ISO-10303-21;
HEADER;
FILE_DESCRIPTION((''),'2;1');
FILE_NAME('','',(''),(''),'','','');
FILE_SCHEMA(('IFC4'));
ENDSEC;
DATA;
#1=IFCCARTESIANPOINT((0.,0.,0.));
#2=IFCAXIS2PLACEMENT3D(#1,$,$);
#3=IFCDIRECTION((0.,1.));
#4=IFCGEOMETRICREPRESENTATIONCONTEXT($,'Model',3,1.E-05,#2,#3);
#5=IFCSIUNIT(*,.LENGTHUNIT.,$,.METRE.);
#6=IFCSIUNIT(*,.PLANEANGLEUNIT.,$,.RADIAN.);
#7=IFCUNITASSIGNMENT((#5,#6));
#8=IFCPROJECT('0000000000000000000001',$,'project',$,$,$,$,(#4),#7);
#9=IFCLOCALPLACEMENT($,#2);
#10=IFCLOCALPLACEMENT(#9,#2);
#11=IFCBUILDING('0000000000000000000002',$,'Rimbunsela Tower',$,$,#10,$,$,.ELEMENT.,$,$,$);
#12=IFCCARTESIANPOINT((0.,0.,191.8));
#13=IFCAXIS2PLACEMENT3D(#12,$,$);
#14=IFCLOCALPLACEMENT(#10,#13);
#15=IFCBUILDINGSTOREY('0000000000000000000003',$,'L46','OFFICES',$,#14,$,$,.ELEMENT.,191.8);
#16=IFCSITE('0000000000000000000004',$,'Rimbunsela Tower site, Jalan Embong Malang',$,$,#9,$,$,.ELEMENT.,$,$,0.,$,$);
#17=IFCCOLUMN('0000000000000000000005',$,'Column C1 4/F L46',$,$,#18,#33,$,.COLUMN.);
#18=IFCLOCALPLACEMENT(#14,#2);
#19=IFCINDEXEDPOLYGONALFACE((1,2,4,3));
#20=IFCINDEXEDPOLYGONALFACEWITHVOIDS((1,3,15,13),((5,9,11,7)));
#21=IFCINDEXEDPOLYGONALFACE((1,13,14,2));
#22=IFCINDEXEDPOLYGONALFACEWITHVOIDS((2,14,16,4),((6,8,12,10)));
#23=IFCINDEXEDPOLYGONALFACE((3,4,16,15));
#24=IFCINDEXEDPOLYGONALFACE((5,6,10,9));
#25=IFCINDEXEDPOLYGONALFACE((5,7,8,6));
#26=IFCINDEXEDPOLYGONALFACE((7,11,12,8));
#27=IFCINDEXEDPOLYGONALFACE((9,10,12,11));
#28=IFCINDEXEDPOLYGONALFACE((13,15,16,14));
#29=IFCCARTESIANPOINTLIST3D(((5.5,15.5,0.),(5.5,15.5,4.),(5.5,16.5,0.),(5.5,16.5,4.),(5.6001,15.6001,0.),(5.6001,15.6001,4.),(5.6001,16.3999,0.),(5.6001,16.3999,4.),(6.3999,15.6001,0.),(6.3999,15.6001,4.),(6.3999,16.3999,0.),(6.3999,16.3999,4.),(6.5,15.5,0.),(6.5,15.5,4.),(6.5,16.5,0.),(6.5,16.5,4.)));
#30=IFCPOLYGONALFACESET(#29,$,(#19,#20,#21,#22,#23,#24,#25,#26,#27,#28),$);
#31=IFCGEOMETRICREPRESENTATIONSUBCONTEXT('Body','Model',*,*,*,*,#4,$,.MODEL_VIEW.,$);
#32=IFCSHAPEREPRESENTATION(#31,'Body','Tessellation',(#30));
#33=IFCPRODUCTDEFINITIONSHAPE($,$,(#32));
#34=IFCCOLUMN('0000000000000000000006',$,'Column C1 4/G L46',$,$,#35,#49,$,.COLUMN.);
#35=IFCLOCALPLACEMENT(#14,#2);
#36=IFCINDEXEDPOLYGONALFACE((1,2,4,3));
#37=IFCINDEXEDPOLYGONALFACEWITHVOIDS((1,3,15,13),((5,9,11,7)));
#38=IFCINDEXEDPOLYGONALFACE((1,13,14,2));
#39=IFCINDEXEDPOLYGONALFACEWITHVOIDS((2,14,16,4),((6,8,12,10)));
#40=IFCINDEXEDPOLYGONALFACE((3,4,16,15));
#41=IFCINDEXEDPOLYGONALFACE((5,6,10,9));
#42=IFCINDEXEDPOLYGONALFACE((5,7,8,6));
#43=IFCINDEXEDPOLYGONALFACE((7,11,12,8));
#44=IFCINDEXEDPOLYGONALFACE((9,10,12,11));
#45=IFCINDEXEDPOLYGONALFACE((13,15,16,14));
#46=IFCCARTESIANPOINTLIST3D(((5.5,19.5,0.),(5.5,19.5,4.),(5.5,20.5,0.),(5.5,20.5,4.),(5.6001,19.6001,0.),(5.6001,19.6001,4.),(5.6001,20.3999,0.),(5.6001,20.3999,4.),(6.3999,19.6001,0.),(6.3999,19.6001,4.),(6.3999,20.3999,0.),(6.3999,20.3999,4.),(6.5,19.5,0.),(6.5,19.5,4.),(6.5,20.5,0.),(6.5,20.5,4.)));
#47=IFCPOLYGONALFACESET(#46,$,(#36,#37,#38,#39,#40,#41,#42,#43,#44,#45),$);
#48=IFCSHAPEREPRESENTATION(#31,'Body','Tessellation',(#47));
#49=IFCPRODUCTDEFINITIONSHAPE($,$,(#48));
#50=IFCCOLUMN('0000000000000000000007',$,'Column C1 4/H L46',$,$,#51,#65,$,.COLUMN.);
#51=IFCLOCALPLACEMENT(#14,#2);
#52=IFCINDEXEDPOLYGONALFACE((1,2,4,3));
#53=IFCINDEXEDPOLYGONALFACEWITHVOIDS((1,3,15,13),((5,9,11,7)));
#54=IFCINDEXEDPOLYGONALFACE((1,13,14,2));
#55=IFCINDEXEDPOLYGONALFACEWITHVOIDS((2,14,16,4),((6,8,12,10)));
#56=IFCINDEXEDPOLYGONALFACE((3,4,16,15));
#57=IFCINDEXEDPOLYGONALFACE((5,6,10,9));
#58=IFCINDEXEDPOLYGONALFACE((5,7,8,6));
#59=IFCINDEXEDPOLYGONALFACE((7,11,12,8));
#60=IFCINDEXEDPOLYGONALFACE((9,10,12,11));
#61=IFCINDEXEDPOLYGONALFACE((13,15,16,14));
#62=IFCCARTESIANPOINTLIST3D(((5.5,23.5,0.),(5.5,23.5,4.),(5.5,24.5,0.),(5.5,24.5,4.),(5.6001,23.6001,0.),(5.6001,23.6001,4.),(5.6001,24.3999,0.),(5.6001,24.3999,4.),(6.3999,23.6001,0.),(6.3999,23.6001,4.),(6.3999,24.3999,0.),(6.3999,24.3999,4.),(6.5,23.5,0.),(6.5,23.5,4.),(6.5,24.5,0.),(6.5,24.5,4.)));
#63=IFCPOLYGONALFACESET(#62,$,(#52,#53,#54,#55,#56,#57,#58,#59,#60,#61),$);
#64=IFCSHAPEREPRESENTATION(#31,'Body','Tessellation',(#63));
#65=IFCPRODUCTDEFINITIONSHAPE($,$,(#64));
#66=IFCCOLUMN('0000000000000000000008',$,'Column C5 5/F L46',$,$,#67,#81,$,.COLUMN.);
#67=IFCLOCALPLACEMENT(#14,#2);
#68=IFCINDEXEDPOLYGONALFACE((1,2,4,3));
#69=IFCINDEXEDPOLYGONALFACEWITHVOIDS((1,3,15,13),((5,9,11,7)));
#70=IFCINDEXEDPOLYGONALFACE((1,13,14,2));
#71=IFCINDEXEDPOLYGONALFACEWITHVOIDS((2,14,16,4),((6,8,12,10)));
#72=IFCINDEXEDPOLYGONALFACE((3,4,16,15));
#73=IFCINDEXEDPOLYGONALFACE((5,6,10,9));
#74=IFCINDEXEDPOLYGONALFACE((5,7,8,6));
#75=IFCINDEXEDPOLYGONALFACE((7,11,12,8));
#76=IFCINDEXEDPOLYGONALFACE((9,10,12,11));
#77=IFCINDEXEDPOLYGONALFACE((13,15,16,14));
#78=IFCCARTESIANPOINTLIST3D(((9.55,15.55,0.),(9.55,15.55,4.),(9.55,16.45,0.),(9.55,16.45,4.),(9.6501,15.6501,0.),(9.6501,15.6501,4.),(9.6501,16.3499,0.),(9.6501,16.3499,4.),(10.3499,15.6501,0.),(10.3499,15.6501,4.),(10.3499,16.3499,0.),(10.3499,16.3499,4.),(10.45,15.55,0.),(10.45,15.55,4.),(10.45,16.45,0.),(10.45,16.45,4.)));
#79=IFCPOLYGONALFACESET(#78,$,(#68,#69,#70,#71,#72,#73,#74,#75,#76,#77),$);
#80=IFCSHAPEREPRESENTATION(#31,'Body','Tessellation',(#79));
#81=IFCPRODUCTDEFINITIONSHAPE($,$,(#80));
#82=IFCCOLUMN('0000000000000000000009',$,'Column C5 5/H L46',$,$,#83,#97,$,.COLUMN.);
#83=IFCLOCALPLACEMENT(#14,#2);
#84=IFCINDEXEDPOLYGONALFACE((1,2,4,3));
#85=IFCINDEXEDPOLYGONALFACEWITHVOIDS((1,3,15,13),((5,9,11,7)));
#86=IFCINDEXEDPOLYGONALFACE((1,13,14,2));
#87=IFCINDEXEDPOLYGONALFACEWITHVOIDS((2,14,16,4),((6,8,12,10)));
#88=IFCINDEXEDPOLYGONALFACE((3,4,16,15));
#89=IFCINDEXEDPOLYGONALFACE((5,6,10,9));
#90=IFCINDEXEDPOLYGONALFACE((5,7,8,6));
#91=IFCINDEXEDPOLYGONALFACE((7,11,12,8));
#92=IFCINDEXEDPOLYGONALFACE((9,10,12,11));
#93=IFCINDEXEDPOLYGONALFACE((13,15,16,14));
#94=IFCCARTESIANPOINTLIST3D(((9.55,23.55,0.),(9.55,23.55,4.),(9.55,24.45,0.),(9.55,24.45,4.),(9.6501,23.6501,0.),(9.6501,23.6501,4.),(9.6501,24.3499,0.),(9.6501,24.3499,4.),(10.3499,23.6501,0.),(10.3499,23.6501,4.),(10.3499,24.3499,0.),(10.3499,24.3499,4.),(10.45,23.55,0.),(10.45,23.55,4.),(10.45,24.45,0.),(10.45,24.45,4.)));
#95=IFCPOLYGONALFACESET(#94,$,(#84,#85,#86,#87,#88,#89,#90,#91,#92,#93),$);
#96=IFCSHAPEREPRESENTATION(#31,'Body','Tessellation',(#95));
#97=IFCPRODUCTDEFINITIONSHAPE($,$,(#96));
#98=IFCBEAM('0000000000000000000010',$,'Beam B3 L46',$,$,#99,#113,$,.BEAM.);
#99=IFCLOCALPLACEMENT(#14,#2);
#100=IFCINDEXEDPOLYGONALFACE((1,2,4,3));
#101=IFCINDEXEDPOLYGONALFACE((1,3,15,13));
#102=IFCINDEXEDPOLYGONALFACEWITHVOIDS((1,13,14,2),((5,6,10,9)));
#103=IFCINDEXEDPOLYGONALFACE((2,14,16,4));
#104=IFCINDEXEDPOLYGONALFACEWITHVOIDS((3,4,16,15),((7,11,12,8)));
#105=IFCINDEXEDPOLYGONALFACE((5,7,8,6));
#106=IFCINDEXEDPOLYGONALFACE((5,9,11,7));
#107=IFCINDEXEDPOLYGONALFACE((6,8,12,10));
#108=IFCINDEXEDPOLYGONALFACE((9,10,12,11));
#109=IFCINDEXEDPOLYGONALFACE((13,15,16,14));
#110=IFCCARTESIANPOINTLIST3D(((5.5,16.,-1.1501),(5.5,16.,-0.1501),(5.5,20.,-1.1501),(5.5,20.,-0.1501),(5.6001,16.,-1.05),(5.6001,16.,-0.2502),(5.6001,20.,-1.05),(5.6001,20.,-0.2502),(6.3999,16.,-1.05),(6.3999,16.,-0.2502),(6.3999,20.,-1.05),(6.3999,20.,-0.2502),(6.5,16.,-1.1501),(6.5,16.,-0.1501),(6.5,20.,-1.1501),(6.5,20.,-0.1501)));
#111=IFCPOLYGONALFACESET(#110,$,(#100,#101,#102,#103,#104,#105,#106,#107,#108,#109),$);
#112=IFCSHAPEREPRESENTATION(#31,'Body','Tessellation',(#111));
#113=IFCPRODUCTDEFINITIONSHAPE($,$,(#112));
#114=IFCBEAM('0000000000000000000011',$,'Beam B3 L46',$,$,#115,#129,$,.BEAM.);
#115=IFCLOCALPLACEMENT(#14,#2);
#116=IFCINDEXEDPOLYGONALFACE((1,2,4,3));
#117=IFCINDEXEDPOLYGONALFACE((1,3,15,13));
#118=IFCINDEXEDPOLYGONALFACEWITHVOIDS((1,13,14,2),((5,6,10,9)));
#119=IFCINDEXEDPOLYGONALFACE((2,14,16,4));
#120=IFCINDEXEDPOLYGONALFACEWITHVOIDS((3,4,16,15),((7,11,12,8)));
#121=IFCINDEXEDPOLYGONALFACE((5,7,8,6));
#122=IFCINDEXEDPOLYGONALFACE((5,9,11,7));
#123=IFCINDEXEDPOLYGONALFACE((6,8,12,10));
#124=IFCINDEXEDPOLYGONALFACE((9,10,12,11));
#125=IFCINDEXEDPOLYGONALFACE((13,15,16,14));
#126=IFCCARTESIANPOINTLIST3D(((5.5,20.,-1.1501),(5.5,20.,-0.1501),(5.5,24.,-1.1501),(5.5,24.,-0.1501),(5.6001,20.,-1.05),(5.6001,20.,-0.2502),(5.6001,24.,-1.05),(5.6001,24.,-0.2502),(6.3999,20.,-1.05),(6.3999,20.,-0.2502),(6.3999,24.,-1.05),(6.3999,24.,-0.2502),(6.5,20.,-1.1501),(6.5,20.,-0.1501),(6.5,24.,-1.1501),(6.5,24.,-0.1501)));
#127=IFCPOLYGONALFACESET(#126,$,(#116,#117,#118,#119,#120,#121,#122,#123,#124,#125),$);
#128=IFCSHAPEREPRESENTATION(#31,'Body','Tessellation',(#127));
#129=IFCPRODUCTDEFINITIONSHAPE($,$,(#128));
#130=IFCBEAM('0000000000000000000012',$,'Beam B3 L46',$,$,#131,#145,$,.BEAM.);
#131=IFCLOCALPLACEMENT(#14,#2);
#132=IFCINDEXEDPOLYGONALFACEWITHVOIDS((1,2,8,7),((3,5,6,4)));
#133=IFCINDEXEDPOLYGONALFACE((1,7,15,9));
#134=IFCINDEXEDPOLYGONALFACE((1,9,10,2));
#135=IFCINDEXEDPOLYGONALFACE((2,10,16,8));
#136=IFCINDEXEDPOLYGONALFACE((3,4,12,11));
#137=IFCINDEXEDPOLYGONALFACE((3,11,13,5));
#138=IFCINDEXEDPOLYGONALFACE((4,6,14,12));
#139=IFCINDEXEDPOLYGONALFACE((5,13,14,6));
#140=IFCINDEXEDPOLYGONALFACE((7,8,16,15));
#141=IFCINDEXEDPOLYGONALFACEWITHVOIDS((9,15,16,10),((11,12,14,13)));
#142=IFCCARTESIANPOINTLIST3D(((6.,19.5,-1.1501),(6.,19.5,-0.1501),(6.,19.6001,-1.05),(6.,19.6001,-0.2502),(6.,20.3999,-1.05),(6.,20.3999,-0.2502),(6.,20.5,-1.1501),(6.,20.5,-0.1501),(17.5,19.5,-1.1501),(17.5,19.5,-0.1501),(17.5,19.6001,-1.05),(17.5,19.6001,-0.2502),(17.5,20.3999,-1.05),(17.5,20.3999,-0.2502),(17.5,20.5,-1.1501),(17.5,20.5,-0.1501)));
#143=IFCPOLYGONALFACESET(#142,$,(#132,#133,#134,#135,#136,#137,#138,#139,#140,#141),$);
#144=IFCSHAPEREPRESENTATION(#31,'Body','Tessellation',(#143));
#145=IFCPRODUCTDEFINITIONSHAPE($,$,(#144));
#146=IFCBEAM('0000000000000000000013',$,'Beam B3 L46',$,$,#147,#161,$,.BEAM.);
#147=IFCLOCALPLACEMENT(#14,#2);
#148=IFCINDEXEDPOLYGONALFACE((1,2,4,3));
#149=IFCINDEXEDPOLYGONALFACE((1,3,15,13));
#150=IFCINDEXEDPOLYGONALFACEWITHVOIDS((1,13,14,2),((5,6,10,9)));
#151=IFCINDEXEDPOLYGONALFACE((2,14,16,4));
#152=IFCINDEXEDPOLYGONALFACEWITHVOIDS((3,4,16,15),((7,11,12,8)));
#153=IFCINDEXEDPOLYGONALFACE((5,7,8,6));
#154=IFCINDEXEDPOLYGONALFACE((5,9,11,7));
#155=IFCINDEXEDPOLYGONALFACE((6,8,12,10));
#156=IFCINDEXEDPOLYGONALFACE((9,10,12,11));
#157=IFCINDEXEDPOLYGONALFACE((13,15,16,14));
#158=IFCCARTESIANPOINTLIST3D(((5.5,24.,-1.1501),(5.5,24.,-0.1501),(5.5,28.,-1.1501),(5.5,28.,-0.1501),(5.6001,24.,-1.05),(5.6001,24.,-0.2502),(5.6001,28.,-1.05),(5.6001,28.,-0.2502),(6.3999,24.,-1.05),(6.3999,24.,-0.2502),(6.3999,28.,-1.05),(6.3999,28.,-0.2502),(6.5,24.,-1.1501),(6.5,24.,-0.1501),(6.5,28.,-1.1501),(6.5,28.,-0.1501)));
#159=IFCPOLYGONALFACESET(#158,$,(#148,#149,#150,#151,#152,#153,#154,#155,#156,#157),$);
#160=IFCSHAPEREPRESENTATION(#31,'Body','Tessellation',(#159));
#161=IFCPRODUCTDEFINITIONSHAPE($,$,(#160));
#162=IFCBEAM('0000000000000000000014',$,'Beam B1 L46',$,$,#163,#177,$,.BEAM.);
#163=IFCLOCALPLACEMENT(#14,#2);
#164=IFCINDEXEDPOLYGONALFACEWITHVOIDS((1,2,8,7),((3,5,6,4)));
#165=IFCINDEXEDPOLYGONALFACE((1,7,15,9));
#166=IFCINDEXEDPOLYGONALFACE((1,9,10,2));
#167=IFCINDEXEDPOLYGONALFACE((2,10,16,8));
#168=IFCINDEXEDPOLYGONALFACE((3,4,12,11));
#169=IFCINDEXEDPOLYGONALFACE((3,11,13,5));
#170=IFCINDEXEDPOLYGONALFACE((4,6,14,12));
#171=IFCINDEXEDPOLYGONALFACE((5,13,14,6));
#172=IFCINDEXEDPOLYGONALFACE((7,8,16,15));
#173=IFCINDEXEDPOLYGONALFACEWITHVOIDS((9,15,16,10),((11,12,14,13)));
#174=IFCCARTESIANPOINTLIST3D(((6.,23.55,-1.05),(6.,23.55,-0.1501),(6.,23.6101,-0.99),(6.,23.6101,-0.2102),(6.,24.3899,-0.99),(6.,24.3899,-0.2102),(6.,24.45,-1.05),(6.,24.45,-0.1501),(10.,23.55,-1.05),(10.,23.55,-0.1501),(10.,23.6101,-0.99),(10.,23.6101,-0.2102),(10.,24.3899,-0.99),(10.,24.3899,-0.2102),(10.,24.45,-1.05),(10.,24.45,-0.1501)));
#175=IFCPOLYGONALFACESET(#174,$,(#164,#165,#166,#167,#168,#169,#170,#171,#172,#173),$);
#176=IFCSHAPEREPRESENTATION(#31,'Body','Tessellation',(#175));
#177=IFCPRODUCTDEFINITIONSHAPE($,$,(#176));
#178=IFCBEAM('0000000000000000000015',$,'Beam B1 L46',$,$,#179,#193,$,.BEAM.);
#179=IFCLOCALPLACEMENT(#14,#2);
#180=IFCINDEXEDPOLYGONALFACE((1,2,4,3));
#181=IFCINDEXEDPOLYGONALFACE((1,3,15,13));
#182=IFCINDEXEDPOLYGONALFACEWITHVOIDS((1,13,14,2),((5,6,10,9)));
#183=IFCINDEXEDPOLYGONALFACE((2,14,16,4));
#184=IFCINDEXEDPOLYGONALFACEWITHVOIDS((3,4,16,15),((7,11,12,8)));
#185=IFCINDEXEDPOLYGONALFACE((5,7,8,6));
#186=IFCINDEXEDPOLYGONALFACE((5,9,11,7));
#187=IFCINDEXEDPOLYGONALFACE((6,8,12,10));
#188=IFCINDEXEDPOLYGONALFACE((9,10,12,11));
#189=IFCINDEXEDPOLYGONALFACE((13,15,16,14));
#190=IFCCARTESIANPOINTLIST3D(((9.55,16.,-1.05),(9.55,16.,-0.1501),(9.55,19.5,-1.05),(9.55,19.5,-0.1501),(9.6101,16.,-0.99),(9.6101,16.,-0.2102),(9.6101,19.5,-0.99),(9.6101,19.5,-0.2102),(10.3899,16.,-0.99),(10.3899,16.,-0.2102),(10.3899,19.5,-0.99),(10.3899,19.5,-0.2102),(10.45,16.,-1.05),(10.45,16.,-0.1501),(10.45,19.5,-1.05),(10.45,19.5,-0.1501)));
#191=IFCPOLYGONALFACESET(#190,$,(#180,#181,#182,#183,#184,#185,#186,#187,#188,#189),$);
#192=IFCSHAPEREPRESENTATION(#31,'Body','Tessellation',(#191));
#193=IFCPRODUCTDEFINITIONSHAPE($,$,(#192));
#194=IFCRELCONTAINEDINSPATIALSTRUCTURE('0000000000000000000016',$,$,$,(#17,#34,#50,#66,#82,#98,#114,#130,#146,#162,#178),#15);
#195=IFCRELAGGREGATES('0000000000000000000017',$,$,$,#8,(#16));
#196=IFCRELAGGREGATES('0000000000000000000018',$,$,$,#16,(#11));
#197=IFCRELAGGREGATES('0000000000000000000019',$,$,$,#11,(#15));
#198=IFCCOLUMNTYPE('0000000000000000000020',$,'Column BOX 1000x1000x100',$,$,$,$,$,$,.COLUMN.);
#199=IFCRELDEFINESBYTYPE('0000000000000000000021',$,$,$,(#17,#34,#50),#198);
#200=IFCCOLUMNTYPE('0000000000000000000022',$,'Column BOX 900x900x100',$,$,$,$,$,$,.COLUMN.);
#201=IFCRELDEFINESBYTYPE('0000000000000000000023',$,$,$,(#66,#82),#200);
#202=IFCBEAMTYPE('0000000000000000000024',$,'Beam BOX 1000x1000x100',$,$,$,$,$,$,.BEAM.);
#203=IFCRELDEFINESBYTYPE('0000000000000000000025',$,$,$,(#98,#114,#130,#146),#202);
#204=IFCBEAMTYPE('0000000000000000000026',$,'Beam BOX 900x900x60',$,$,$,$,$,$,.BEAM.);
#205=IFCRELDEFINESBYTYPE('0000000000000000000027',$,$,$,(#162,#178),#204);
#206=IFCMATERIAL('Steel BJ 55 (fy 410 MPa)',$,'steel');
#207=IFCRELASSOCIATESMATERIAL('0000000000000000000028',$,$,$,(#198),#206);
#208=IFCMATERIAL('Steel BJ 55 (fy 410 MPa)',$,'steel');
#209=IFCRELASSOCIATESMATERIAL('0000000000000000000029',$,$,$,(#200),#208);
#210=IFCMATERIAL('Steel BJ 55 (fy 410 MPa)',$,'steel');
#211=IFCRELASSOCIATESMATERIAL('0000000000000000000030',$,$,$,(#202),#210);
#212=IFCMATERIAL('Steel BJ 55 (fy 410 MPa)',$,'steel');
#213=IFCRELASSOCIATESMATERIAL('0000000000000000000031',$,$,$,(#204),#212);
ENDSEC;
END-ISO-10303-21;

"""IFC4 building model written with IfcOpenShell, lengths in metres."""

from ifc_helpers import new_model, si_unit, direction, frame, origin, origin_2d, place, context, subcontext, project, spatial, hollow_rectangle, extrude, material, material_profile, profile_set, type_object, element, save


model = new_model("IFC4")

# Units and contexts
model_context = context("Model", 3, precision=1e-05, world=origin(), true_north=direction((0.0, 1.0)))
body_context = subcontext(model_context, "Body", "Model", "MODEL_VIEW")
ifc_project = project(units=[si_unit("LENGTHUNIT", "METRE"), si_unit("PLANEANGLEUNIT", "RADIAN")], contexts=[model_context])

# Site, building, storey
site_placement = place(None, origin())
site = spatial("IfcSite", under=ifc_project, at=site_placement, Name="Rimbunsela Tower site, Jalan Embong Malang", CompositionType="ELEMENT", RefElevation=0.0)
building_placement = place(site_placement, origin())
building = spatial("IfcBuilding", under=site, at=building_placement, Name="Rimbunsela Tower", CompositionType="ELEMENT")
storey_placement = place(building_placement, frame((0.0, 0.0, 191.8)))
storey = spatial("IfcBuildingStorey", under=building, at=storey_placement, Name="L46", Description="OFFICES", CompositionType="ELEMENT", Elevation=191.8)

# Columns
ifc_material_1 = material(Name="Steel BJ 55 (fy 410 MPa)", Category="steel")
ifc_material_profile_1 = material_profile(ifc_material_1, hollow_rectangle(XDim=1.0, YDim=1.0, WallThickness=0.1001, at=origin_2d()), Name="BOX 1000x1000x100")
ifc_profile_set_1 = profile_set([ifc_material_profile_1], Name="Steel BJ 55 (fy 410 MPa)")
column_type_1 = type_object("IfcColumnType", Name="Column BOX 1000x1000x100", PredefinedType="COLUMN", material=ifc_profile_set_1)
for number, where, z_axis, x_axis, name in (
    (1, (6.0, 16.0, 0.0), (0.0, 0.0, 1.0), (1.0, 0.0, 0.0), "Column C1 4/F L46"),
    (2, (6.0, 20.0, 0.0), (0.0, 0.0, 1.0), (1.0, 0.0, 0.0), "Column C1 4/G L46"),
    (3, (6.0, 24.0, 0.0), (0.0, 0.0, 1.0), (1.0, 0.0, 0.0), "Column C1 4/H L46"),
):
    element("IfcColumn", number, at=place(storey_placement, frame(where, z_axis=z_axis, x_axis=x_axis)), inside=storey, type_object=column_type_1, Name=name, PredefinedType="COLUMN", context=body_context, shape_type="SweptSolid", body=[
        extrude(hollow_rectangle(XDim=1.0, YDim=1.0, WallThickness=0.1001, at=origin_2d()), origin(), (0.0, 0.0, 1.0), 4.0),
    ])
ifc_material_2 = material(Name="Steel BJ 55 (fy 410 MPa)", Category="steel")
ifc_material_profile_2 = material_profile(ifc_material_2, hollow_rectangle(XDim=0.8999, YDim=0.8999, WallThickness=0.1001, at=origin_2d()), Name="BOX 900x900x100")
ifc_profile_set_2 = profile_set([ifc_material_profile_2], Name="Steel BJ 55 (fy 410 MPa)")
column_type_2 = type_object("IfcColumnType", Name="Column BOX 900x900x100", PredefinedType="COLUMN", material=ifc_profile_set_2)
for number, where, z_axis, x_axis, name in (
    (4, (10.0, 16.0, 0.0), (0.0, 0.0, 1.0), (1.0, 0.0, 0.0), "Column C5 5/F L46"),
    (5, (10.0, 24.0, 0.0), (0.0, 0.0, 1.0), (1.0, 0.0, 0.0), "Column C5 5/H L46"),
):
    element("IfcColumn", number, at=place(storey_placement, frame(where, z_axis=z_axis, x_axis=x_axis)), inside=storey, type_object=column_type_2, Name=name, PredefinedType="COLUMN", context=body_context, shape_type="SweptSolid", body=[
        extrude(hollow_rectangle(XDim=0.8999, YDim=0.8999, WallThickness=0.1001, at=origin_2d()), origin(), (0.0, 0.0, 1.0), 4.0),
    ])

# Beams
ifc_material_3 = material(Name="Steel BJ 55 (fy 410 MPa)", Category="steel")
ifc_material_profile_3 = material_profile(ifc_material_3, hollow_rectangle(XDim=1.0, YDim=1.0, WallThickness=0.1001, at=origin_2d()), Name="BOX 1000x1000x100")
ifc_profile_set_3 = profile_set([ifc_material_profile_3], Name="Steel BJ 55 (fy 410 MPa)")
beam_type_1 = type_object("IfcBeamType", Name="Beam BOX 1000x1000x100", PredefinedType="BEAM", material=ifc_profile_set_3)
for number, where, z_axis, x_axis, name in (
    (6, (6.0, 16.0, -0.6501), (0.0, 1.0, 0.0), (-1.0, 0.0, 0.0), "Beam B3 L46"),
    (7, (6.0, 20.0, -0.6501), (0.0, 1.0, 0.0), (-1.0, 0.0, 0.0), "Beam B3 L46"),
):
    element("IfcBeam", number, at=place(storey_placement, frame(where, z_axis=z_axis, x_axis=x_axis)), inside=storey, type_object=beam_type_1, Name=name, PredefinedType="BEAM", context=body_context, shape_type="SweptSolid", body=[
        extrude(hollow_rectangle(XDim=1.0, YDim=1.0, WallThickness=0.1001, at=origin_2d()), origin(), (0.0, 0.0, 1.0), 4.0),
    ])
beam_1_placement = place(storey_placement, frame((6.0, 20.0, -0.6501), z_axis=(1.0, 0.0, 0.0), x_axis=(0.0, 1.0, 0.0)))
element("IfcBeam", 8, at=beam_1_placement, inside=storey, type_object=beam_type_1, Name="Beam B3 L46", PredefinedType="BEAM", context=body_context, shape_type="SweptSolid", body=[
    extrude(hollow_rectangle(XDim=1.0, YDim=1.0, WallThickness=0.1001, at=origin_2d()), origin(), (0.0, 0.0, 1.0), 11.5),
])
beam_2_placement = place(storey_placement, frame((6.0, 24.0, -0.6501), z_axis=(0.0, 1.0, 0.0), x_axis=(-1.0, 0.0, 0.0)))
element("IfcBeam", 9, at=beam_2_placement, inside=storey, type_object=beam_type_1, Name="Beam B3 L46", PredefinedType="BEAM", context=body_context, shape_type="SweptSolid", body=[
    extrude(hollow_rectangle(XDim=1.0, YDim=1.0, WallThickness=0.1001, at=origin_2d()), origin(), (0.0, 0.0, 1.0), 4.0),
])
ifc_material_4 = material(Name="Steel BJ 55 (fy 410 MPa)", Category="steel")
ifc_material_profile_4 = material_profile(ifc_material_4, hollow_rectangle(XDim=0.8999, YDim=0.8999, WallThickness=0.0601, at=origin_2d()), Name="BOX 900x900x60")
ifc_profile_set_4 = profile_set([ifc_material_profile_4], Name="Steel BJ 55 (fy 410 MPa)")
beam_type_2 = type_object("IfcBeamType", Name="Beam BOX 900x900x60", PredefinedType="BEAM", material=ifc_profile_set_4)
beam_3_placement = place(storey_placement, frame((6.0, 24.0, -0.6001), z_axis=(1.0, 0.0, 0.0), x_axis=(0.0, 1.0, 0.0)))
element("IfcBeam", 10, at=beam_3_placement, inside=storey, type_object=beam_type_2, Name="Beam B1 L46", PredefinedType="BEAM", context=body_context, shape_type="SweptSolid", body=[
    extrude(hollow_rectangle(XDim=0.8999, YDim=0.8999, WallThickness=0.0601, at=origin_2d()), origin(), (0.0, 0.0, 1.0), 4.0),
])
beam_4_placement = place(storey_placement, frame((10.0, 16.0, -0.6001), z_axis=(0.0, 1.0, 0.0), x_axis=(-1.0, 0.0, 0.0)))
element("IfcBeam", 11, at=beam_4_placement, inside=storey, type_object=beam_type_2, Name="Beam B1 L46", PredefinedType="BEAM", context=body_context, shape_type="SweptSolid", body=[
    extrude(hollow_rectangle(XDim=0.8999, YDim=0.8999, WallThickness=0.0601, at=origin_2d()), origin(), (0.0, 0.0, 1.0), 3.5),
])

save(model, "model.ifc")
